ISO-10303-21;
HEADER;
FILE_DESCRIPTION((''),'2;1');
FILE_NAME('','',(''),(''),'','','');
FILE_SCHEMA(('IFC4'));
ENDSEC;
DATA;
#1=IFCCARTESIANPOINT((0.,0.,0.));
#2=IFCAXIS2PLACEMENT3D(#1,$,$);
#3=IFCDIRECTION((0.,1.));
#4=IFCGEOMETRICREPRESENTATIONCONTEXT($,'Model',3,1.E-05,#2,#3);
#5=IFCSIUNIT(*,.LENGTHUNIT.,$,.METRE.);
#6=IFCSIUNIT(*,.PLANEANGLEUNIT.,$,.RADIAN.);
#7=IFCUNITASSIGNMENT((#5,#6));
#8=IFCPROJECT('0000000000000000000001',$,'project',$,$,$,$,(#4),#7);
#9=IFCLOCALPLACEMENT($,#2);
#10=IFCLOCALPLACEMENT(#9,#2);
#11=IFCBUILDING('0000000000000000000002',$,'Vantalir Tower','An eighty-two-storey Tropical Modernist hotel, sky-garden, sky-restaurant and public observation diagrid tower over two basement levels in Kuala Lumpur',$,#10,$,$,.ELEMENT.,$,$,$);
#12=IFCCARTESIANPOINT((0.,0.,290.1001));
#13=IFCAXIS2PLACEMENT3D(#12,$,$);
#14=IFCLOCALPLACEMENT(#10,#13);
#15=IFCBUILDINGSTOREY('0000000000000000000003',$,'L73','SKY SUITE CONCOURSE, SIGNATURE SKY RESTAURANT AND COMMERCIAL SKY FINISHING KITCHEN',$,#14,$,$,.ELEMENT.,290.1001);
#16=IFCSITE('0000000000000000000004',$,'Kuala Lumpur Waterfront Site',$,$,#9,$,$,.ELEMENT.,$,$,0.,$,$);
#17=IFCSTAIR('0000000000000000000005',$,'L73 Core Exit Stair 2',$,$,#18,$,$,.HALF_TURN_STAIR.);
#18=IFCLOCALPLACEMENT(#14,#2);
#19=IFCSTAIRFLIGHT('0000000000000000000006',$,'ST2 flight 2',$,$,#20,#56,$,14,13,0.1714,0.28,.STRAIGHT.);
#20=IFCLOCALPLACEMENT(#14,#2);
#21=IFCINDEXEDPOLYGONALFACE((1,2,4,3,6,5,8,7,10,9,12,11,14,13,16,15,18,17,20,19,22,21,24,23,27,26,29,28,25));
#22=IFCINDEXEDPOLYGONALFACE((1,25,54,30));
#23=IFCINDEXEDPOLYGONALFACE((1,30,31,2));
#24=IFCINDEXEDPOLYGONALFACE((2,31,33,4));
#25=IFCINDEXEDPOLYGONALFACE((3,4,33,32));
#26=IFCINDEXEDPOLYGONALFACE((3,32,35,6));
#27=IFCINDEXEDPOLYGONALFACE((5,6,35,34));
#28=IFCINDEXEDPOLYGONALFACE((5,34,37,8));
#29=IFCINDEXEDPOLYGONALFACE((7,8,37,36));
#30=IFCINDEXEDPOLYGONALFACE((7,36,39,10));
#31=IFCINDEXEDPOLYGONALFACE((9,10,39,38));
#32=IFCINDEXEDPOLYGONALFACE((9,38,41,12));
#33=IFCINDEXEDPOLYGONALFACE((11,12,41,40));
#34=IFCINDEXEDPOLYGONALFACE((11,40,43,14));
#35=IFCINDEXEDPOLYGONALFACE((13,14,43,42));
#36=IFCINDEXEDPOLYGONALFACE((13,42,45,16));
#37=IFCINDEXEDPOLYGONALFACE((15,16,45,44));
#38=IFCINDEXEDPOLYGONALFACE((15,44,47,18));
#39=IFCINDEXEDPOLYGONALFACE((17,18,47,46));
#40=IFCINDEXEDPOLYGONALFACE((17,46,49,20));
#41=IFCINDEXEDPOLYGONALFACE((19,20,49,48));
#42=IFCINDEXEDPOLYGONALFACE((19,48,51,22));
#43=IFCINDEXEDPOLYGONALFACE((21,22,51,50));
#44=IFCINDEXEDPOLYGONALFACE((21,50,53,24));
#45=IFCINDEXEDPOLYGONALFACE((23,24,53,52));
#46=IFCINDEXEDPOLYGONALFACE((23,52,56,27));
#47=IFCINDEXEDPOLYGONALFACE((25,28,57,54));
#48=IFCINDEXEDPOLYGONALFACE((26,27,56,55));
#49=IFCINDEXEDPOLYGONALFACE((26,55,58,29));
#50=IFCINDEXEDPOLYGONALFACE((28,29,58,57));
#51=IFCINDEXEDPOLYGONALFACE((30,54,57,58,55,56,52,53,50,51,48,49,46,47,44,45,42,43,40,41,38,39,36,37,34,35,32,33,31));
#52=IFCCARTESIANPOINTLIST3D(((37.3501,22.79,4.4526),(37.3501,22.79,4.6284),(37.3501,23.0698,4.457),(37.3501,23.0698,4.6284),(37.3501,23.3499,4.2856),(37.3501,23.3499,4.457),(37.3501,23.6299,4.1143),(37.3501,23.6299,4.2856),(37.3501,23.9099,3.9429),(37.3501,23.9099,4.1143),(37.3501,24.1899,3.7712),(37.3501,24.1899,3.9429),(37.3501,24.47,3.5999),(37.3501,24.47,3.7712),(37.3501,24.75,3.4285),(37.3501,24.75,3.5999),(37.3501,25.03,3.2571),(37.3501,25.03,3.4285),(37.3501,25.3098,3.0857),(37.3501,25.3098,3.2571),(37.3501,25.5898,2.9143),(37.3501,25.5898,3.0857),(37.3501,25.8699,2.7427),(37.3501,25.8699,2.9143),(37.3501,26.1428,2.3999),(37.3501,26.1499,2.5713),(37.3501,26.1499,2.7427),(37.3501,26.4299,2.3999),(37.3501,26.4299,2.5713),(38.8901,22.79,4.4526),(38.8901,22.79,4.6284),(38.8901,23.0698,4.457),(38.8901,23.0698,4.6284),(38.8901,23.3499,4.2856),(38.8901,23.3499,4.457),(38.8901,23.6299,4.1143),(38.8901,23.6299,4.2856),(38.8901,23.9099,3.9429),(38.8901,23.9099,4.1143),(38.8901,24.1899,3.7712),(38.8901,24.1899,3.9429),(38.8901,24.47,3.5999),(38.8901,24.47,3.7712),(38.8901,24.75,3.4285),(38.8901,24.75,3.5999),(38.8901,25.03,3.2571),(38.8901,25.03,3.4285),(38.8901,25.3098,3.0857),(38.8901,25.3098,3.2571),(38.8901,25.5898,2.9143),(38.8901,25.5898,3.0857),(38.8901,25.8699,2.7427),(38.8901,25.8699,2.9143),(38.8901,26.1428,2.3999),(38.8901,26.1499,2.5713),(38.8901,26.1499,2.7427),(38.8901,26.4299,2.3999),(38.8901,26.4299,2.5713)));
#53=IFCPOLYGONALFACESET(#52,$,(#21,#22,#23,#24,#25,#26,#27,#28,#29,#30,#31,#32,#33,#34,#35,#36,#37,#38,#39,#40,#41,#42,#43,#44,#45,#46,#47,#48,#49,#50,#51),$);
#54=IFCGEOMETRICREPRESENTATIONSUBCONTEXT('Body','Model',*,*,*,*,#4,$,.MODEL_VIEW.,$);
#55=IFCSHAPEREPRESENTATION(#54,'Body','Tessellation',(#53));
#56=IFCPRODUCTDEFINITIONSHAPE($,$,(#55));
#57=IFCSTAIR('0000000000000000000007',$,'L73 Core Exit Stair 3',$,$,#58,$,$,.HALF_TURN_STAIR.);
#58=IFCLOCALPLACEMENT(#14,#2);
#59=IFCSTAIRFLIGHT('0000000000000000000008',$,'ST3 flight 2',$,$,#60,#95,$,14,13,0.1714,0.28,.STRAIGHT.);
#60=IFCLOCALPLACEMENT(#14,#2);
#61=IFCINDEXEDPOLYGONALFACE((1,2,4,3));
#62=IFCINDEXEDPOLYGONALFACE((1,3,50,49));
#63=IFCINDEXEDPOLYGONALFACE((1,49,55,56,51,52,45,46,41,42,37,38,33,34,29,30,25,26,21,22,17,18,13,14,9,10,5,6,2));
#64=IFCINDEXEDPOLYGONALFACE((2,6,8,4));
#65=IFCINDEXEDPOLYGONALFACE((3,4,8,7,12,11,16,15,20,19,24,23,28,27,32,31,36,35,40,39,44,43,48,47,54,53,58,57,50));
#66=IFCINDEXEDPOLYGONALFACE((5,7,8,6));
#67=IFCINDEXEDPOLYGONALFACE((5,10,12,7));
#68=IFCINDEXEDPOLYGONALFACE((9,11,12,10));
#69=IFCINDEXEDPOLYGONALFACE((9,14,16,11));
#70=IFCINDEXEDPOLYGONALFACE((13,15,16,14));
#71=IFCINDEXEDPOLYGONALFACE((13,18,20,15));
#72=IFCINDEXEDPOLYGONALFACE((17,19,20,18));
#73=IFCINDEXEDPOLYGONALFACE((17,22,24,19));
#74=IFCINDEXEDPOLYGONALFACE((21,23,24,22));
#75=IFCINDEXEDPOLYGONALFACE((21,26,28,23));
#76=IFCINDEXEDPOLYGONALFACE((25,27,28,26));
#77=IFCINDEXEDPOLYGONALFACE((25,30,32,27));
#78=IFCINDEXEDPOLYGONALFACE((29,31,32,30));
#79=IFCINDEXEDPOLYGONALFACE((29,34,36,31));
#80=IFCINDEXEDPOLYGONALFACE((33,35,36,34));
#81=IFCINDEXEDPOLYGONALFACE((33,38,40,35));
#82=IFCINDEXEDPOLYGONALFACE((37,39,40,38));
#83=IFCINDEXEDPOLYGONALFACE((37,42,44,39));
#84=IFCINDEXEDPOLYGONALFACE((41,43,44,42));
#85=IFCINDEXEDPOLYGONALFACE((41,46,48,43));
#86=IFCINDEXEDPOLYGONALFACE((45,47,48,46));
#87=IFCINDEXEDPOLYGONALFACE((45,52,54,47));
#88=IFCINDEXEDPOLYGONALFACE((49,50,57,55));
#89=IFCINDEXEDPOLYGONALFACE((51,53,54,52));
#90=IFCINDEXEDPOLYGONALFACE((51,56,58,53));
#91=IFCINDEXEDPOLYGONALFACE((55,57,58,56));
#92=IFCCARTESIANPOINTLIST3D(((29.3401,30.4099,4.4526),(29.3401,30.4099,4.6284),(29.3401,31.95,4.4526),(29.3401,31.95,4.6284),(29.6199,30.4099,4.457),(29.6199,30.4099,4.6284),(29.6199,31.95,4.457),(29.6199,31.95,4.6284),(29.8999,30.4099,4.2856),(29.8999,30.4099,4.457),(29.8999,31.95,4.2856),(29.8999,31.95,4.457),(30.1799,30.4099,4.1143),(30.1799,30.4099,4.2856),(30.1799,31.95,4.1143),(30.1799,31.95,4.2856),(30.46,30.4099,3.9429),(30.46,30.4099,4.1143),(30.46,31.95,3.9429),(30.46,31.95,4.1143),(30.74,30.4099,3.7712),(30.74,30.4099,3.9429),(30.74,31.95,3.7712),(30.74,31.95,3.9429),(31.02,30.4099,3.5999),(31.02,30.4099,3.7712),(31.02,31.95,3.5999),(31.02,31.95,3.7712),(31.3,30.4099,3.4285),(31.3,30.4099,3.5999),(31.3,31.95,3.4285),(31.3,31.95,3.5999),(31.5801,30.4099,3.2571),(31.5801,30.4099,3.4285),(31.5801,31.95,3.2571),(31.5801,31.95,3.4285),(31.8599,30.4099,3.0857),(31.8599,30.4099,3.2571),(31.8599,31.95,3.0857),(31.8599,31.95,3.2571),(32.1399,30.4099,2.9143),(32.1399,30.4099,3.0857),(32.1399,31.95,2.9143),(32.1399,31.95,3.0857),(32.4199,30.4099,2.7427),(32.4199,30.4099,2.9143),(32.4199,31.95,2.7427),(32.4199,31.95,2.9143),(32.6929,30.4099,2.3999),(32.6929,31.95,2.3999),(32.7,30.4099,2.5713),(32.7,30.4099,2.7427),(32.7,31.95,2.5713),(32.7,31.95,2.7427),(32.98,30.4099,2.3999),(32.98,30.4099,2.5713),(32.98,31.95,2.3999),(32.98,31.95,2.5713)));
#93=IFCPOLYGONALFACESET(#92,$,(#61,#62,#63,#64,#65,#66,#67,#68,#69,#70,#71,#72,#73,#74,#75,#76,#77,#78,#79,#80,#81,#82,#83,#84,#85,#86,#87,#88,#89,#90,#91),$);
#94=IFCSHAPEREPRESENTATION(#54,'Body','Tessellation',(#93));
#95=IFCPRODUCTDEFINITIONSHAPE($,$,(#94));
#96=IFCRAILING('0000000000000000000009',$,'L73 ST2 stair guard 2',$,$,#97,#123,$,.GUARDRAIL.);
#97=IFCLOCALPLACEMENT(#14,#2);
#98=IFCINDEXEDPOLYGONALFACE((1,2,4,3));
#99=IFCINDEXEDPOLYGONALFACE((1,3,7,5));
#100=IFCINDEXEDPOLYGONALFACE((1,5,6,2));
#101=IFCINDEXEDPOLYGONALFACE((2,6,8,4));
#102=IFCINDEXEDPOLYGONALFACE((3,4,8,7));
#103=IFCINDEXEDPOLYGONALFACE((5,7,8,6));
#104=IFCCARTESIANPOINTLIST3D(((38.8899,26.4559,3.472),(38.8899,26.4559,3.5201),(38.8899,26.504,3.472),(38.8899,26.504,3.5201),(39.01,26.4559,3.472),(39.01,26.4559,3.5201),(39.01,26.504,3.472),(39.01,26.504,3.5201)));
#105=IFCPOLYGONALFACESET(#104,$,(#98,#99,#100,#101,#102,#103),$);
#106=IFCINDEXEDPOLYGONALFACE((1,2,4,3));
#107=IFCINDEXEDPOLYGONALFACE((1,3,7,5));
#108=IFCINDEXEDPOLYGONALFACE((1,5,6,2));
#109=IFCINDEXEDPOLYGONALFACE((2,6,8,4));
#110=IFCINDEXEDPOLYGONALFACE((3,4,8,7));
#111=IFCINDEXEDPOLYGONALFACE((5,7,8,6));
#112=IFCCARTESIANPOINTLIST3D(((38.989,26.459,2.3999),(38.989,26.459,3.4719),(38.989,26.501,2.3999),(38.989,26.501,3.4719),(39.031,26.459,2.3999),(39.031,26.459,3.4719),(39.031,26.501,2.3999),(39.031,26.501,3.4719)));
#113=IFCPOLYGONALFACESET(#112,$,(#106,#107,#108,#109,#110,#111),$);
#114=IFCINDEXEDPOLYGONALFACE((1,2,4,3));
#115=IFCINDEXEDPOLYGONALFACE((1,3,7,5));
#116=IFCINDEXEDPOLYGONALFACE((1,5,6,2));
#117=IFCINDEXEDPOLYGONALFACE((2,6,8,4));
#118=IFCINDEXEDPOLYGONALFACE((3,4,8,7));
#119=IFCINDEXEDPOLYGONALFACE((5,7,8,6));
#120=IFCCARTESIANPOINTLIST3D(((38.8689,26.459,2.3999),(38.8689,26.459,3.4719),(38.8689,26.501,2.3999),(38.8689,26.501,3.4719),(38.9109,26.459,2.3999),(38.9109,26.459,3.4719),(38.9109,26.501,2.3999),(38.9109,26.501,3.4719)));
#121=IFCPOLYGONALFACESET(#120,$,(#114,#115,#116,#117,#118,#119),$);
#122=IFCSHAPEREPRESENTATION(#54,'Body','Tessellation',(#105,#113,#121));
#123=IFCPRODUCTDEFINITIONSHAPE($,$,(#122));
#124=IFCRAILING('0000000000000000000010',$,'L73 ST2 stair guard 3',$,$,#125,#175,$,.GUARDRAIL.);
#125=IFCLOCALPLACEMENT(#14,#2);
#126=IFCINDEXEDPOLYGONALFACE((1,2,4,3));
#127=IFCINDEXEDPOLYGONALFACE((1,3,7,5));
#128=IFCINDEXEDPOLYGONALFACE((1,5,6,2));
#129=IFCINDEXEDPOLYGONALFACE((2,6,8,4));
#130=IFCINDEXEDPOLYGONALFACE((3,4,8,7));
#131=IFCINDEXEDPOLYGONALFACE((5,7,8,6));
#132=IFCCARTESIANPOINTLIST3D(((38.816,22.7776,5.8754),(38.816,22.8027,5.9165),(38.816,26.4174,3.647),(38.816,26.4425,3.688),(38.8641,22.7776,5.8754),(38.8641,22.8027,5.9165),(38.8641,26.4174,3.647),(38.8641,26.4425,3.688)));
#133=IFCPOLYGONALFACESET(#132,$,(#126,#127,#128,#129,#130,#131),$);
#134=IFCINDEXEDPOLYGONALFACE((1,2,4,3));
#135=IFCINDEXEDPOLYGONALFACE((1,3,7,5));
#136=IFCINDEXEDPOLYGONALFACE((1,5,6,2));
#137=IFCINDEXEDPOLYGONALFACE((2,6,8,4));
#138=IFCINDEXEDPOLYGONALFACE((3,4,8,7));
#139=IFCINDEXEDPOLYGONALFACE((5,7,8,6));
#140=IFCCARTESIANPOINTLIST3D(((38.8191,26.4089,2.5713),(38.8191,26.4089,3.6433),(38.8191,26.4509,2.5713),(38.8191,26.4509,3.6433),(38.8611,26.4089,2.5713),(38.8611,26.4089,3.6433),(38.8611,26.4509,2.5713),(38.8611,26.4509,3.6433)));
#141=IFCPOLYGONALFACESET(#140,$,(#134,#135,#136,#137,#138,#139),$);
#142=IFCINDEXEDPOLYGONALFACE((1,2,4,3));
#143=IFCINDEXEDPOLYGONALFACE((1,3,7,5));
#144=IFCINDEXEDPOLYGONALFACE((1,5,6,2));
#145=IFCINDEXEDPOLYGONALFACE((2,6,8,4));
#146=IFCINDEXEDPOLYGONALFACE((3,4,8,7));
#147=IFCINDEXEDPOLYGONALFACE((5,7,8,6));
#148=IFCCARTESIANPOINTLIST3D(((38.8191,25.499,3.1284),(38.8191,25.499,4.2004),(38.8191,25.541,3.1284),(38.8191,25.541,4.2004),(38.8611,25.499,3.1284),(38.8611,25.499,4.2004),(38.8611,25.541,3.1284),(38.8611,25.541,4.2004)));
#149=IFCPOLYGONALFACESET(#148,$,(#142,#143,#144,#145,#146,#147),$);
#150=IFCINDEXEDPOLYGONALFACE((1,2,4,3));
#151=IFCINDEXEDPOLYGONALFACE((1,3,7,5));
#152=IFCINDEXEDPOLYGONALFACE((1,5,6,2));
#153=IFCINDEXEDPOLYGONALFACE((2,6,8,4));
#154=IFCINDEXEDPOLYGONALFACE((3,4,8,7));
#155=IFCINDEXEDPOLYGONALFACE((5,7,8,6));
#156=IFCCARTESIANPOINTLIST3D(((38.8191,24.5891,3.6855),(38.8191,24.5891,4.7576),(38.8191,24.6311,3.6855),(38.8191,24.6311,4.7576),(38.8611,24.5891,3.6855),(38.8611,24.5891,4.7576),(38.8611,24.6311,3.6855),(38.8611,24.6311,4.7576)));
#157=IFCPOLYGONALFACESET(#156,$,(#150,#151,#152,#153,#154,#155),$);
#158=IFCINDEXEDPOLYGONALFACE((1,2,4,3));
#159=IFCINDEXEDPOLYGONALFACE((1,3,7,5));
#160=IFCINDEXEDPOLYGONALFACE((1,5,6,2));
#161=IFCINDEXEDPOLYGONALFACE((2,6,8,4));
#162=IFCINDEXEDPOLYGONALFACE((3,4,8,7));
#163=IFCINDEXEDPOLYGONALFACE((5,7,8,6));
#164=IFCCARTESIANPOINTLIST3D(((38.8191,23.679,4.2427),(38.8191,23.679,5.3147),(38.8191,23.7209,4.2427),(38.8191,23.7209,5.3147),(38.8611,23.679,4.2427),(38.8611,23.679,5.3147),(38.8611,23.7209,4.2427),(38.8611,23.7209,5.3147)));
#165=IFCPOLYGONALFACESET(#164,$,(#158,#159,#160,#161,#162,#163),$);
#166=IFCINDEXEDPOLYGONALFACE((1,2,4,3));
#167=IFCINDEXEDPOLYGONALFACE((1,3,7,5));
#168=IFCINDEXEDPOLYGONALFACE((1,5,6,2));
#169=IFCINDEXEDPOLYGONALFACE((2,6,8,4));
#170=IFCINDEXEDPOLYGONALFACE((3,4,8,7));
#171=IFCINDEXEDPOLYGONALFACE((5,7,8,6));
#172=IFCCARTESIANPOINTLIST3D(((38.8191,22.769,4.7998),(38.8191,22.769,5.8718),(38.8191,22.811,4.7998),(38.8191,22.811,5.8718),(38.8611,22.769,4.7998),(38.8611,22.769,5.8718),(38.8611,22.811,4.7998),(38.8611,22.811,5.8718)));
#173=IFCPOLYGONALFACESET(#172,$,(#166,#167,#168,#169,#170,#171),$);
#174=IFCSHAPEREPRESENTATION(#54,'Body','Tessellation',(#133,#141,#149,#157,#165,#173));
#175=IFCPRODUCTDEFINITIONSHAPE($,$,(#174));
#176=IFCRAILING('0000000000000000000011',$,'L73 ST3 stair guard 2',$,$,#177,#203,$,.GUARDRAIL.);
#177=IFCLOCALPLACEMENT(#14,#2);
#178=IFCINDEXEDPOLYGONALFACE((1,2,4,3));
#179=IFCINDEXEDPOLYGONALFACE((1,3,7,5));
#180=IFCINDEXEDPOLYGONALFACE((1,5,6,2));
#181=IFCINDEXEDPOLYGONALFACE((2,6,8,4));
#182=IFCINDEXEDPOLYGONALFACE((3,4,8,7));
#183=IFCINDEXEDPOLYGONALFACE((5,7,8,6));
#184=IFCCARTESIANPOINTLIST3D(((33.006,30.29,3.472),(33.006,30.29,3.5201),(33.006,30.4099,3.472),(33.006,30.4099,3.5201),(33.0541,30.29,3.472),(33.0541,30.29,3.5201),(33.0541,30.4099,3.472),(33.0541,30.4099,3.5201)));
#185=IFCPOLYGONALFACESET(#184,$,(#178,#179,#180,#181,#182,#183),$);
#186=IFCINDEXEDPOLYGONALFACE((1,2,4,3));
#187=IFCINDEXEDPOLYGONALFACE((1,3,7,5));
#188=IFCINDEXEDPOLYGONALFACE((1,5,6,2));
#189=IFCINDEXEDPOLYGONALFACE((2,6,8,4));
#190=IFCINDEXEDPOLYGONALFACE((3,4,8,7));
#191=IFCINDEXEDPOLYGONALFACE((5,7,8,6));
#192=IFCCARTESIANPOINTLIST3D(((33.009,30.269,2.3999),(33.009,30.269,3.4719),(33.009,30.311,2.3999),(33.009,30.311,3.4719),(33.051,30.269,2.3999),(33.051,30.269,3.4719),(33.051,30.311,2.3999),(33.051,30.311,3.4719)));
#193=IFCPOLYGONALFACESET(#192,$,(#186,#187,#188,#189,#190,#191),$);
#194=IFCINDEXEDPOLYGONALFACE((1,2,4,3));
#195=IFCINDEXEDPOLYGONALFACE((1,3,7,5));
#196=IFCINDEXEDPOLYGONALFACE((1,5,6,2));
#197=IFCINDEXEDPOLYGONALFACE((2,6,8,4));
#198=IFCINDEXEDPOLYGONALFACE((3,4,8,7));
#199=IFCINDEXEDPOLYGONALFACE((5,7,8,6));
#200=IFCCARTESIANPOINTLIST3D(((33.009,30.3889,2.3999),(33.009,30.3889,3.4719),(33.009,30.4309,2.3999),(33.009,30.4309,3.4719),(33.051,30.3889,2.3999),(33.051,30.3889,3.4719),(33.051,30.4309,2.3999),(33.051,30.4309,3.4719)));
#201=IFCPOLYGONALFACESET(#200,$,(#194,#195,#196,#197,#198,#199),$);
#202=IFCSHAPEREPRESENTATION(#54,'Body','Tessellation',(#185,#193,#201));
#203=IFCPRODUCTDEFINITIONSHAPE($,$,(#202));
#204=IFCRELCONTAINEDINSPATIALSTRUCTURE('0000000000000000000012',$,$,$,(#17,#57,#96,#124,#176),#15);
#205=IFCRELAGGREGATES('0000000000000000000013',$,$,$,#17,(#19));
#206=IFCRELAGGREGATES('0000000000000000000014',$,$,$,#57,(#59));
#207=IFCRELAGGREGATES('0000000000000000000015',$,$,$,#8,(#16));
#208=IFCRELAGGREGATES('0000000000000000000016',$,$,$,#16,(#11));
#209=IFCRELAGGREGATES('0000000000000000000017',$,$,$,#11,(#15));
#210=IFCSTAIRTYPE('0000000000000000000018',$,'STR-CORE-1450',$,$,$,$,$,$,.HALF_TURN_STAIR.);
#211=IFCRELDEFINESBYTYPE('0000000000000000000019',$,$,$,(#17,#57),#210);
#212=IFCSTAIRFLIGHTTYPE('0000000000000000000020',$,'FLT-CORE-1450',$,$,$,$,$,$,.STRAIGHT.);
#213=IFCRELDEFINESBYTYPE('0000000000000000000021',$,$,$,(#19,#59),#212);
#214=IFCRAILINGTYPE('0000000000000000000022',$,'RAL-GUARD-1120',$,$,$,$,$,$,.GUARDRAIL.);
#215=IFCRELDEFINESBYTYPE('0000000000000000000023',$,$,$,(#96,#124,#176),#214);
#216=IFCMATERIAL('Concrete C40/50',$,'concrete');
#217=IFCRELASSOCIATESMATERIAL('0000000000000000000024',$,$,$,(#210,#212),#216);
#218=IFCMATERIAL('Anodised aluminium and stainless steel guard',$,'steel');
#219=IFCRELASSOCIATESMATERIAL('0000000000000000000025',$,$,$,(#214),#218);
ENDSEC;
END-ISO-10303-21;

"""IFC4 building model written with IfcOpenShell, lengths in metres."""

from ifc_helpers import new_model, si_unit, direction, frame, origin, origin_2d, place, context, subcontext, project, spatial, polyline, rectangle, outline, extrude, material, type_object, element, aggregate, save


model = new_model("IFC4")

# Units and contexts
model_context = context("Model", 3, precision=1e-05, world=origin(), true_north=direction((0.0, 1.0)))
body_context = subcontext(model_context, "Body", "Model", "MODEL_VIEW")
ifc_project = project(units=[si_unit("LENGTHUNIT", "METRE"), si_unit("PLANEANGLEUNIT", "RADIAN")], contexts=[model_context])

# Site, building, storey
site_placement = place(None, origin())
site = spatial("IfcSite", under=ifc_project, at=site_placement, Name="Kuala Lumpur Waterfront Site", CompositionType="ELEMENT", RefElevation=0.0)
building_placement = place(site_placement, origin())
building = spatial("IfcBuilding", under=site, at=building_placement, Name="Vantalir Tower", Description="An eighty-two-storey Tropical Modernist hotel, sky-garden, sky-restaurant and public observation diagrid tower over two basement levels in Kuala Lumpur", CompositionType="ELEMENT")
storey_placement = place(building_placement, frame((0.0, 0.0, 290.1001)))
storey = spatial("IfcBuildingStorey", under=building, at=storey_placement, Name="L73", Description="SKY SUITE CONCOURSE, SIGNATURE SKY RESTAURANT AND COMMERCIAL SKY FINISHING KITCHEN", CompositionType="ELEMENT", Elevation=290.1001)

# Stairs, stair flights
ifc_material_1 = material(Name="Concrete C40/50", Category="concrete")
stair_type = type_object("IfcStairType", Name="STR-CORE-1450", PredefinedType="HALF_TURN_STAIR", material=ifc_material_1)
stair_1_placement = place(storey_placement, origin())
stair_1 = element("IfcStair", 1, at=stair_1_placement, inside=storey, type_object=stair_type, Name="L73 Core Exit Stair 2", PredefinedType="HALF_TURN_STAIR")
stair_flight_type = type_object("IfcStairFlightType", Name="FLT-CORE-1450", PredefinedType="STRAIGHT", material=ifc_material_1)
stair_flight_1_placement = place(storey_placement, frame((38.1201, 26.4299, 2.3999), z_axis=(0.0, 0.0, 1.0), x_axis=(0.0, -1.0, 0.0)))
stair_flight_1 = element("IfcStairFlight", 2, at=stair_flight_1_placement, type_object=stair_flight_type, Name="ST2 flight 2", NumberOfRisers=14, NumberOfTreads=13, PredefinedType="STRAIGHT", RiserHeight=0.1714, TreadLength=0.28, context=body_context, shape_type="SweptSolid", body=[
    extrude(outline(polyline([(0.0, 0.0), (0.0, 0.1714), (0.28, 0.1714), (0.28, 0.3428), (0.5601, 0.3428), (0.5601, 0.5144), (0.8401, 0.5144), (0.8401, 0.6858), (1.1201, 0.6858), (1.1201, 0.8572), (1.3999, 0.8572), (1.3999, 1.0286), (1.6799, 1.0286), (1.6799, 1.2), (1.96, 1.2), (1.96, 1.3713), (2.24, 1.3713), (2.24, 1.543), (2.52, 1.543), (2.52, 1.7144), (2.8, 1.7144), (2.8, 1.8857), (3.0801, 1.8857), (3.0801, 2.0571), (3.3601, 2.0571), (3.3601, 2.2285), (3.6399, 2.2285), (3.6399, 2.3999), (3.6399, 2.0527), (0.2871, 0.0), (0.0, 0.0)])), frame((0.0, 0.77, 0.0), z_axis=(0.0, -1.0, 0.0), x_axis=(1.0, 0.0, 0.0)), (0.0, 0.0, 1.0), 1.54),
])
aggregate(stair_1, [stair_flight_1])
stair_2_placement = place(storey_placement, origin())
stair_2 = element("IfcStair", 3, at=stair_2_placement, inside=storey, type_object=stair_type, Name="L73 Core Exit Stair 3", PredefinedType="HALF_TURN_STAIR")
stair_flight_2_placement = place(storey_placement, frame((32.98, 31.1799, 2.3999), z_axis=(0.0, 0.0, 1.0), x_axis=(-1.0, 0.0, 0.0)))
stair_flight_2 = element("IfcStairFlight", 4, at=stair_flight_2_placement, type_object=stair_flight_type, Name="ST3 flight 2", NumberOfRisers=14, NumberOfTreads=13, PredefinedType="STRAIGHT", RiserHeight=0.1714, TreadLength=0.28, context=body_context, shape_type="SweptSolid", body=[
    extrude(outline(polyline([(0.0, 0.0), (0.0, 0.1714), (0.28, 0.1714), (0.28, 0.3428), (0.5601, 0.3428), (0.5601, 0.5144), (0.8401, 0.5144), (0.8401, 0.6858), (1.1201, 0.6858), (1.1201, 0.8572), (1.3999, 0.8572), (1.3999, 1.0286), (1.6799, 1.0286), (1.6799, 1.2), (1.96, 1.2), (1.96, 1.3713), (2.24, 1.3713), (2.24, 1.543), (2.52, 1.543), (2.52, 1.7144), (2.8, 1.7144), (2.8, 1.8857), (3.0801, 1.8857), (3.0801, 2.0571), (3.3601, 2.0571), (3.3601, 2.2285), (3.6399, 2.2285), (3.6399, 2.3999), (3.6399, 2.0527), (0.2871, 0.0), (0.0, 0.0)])), frame((0.0, 0.77, 0.0), z_axis=(0.0, -1.0, 0.0), x_axis=(1.0, 0.0, 0.0)), (0.0, 0.0, 1.0), 1.54),
])
aggregate(stair_2, [stair_flight_2])

# Railings
ifc_material_2 = material(Name="Anodised aluminium and stainless steel guard", Category="steel")
railing_type_1 = type_object("IfcRailingType", Name="RAL-GUARD-1120", PredefinedType="GUARDRAIL", material=ifc_material_2)
railing_1_placement = place(storey_placement, frame((39.01, 26.48, 2.3999)))
element("IfcRailing", 5, at=railing_1_placement, inside=storey, type_object=railing_type_1, Name="L73 ST2 stair guard 2", PredefinedType="GUARDRAIL", context=body_context, shape_type="SweptSolid", body=[
    extrude(rectangle(XDim=0.0481, YDim=0.0481, at=origin_2d()), frame((0.0, 0.0, 1.0962), z_axis=(-1.0, 0.0, 0.0), x_axis=(0.0, -1.0, 0.0)), (0.0, 0.0, 1.0), 0.1201),
    extrude(rectangle(XDim=0.042, YDim=0.042, at=origin_2d()), origin(), (0.0, 0.0, 1.0), 1.072),
    extrude(rectangle(XDim=0.042, YDim=0.042, at=origin_2d()), frame((-0.1201, 0.0, 0.0)), (0.0, 0.0, 1.0), 1.072),
])
railing_2_placement = place(storey_placement, frame((38.8401, 26.4299, 2.5713)))
element("IfcRailing", 6, at=railing_2_placement, inside=storey, type_object=railing_type_1, Name="L73 ST2 stair guard 3", PredefinedType="GUARDRAIL", context=body_context, shape_type="SweptSolid", body=[
    extrude(rectangle(XDim=0.0481, YDim=0.0481, at=origin_2d()), frame((0.0, 0.0, 1.0962), z_axis=(0.0, -0.85285, 0.522156), x_axis=(1.0, 0.0, 0.0)), (0.0, 0.0, 1.0), 4.2678),
    extrude(rectangle(XDim=0.042, YDim=0.042, at=origin_2d()), origin(), (0.0, 0.0, 1.0), 1.072),
    extrude(rectangle(XDim=0.042, YDim=0.042, at=origin_2d()), frame((0.0, -0.9099, 0.5571)), (0.0, 0.0, 1.0), 1.072),
    extrude(rectangle(XDim=0.042, YDim=0.042, at=origin_2d()), frame((0.0, -1.8198, 1.1143)), (0.0, 0.0, 1.0), 1.072),
    extrude(rectangle(XDim=0.042, YDim=0.042, at=origin_2d()), frame((0.0, -2.73, 1.6714)), (0.0, 0.0, 1.0), 1.072),
    extrude(rectangle(XDim=0.042, YDim=0.042, at=origin_2d()), frame((0.0, -3.6399, 2.2285)), (0.0, 0.0, 1.0), 1.072),
])
railing_3_placement = place(storey_placement, frame((33.03, 30.29, 2.3999)))
element("IfcRailing", 7, at=railing_3_placement, inside=storey, type_object=railing_type_1, Name="L73 ST3 stair guard 2", PredefinedType="GUARDRAIL", context=body_context, shape_type="SweptSolid", body=[
    extrude(rectangle(XDim=0.0481, YDim=0.0481, at=origin_2d()), frame((0.0, 0.0, 1.0962), z_axis=(0.0, 1.0, 0.0), x_axis=(-1.0, 0.0, 0.0)), (0.0, 0.0, 1.0), 0.1199),
    extrude(rectangle(XDim=0.042, YDim=0.042, at=origin_2d()), origin(), (0.0, 0.0, 1.0), 1.072),
    extrude(rectangle(XDim=0.042, YDim=0.042, at=origin_2d()), frame((0.0, 0.1199, 0.0)), (0.0, 0.0, 1.0), 1.072),
])

save(model, "model.ifc")
